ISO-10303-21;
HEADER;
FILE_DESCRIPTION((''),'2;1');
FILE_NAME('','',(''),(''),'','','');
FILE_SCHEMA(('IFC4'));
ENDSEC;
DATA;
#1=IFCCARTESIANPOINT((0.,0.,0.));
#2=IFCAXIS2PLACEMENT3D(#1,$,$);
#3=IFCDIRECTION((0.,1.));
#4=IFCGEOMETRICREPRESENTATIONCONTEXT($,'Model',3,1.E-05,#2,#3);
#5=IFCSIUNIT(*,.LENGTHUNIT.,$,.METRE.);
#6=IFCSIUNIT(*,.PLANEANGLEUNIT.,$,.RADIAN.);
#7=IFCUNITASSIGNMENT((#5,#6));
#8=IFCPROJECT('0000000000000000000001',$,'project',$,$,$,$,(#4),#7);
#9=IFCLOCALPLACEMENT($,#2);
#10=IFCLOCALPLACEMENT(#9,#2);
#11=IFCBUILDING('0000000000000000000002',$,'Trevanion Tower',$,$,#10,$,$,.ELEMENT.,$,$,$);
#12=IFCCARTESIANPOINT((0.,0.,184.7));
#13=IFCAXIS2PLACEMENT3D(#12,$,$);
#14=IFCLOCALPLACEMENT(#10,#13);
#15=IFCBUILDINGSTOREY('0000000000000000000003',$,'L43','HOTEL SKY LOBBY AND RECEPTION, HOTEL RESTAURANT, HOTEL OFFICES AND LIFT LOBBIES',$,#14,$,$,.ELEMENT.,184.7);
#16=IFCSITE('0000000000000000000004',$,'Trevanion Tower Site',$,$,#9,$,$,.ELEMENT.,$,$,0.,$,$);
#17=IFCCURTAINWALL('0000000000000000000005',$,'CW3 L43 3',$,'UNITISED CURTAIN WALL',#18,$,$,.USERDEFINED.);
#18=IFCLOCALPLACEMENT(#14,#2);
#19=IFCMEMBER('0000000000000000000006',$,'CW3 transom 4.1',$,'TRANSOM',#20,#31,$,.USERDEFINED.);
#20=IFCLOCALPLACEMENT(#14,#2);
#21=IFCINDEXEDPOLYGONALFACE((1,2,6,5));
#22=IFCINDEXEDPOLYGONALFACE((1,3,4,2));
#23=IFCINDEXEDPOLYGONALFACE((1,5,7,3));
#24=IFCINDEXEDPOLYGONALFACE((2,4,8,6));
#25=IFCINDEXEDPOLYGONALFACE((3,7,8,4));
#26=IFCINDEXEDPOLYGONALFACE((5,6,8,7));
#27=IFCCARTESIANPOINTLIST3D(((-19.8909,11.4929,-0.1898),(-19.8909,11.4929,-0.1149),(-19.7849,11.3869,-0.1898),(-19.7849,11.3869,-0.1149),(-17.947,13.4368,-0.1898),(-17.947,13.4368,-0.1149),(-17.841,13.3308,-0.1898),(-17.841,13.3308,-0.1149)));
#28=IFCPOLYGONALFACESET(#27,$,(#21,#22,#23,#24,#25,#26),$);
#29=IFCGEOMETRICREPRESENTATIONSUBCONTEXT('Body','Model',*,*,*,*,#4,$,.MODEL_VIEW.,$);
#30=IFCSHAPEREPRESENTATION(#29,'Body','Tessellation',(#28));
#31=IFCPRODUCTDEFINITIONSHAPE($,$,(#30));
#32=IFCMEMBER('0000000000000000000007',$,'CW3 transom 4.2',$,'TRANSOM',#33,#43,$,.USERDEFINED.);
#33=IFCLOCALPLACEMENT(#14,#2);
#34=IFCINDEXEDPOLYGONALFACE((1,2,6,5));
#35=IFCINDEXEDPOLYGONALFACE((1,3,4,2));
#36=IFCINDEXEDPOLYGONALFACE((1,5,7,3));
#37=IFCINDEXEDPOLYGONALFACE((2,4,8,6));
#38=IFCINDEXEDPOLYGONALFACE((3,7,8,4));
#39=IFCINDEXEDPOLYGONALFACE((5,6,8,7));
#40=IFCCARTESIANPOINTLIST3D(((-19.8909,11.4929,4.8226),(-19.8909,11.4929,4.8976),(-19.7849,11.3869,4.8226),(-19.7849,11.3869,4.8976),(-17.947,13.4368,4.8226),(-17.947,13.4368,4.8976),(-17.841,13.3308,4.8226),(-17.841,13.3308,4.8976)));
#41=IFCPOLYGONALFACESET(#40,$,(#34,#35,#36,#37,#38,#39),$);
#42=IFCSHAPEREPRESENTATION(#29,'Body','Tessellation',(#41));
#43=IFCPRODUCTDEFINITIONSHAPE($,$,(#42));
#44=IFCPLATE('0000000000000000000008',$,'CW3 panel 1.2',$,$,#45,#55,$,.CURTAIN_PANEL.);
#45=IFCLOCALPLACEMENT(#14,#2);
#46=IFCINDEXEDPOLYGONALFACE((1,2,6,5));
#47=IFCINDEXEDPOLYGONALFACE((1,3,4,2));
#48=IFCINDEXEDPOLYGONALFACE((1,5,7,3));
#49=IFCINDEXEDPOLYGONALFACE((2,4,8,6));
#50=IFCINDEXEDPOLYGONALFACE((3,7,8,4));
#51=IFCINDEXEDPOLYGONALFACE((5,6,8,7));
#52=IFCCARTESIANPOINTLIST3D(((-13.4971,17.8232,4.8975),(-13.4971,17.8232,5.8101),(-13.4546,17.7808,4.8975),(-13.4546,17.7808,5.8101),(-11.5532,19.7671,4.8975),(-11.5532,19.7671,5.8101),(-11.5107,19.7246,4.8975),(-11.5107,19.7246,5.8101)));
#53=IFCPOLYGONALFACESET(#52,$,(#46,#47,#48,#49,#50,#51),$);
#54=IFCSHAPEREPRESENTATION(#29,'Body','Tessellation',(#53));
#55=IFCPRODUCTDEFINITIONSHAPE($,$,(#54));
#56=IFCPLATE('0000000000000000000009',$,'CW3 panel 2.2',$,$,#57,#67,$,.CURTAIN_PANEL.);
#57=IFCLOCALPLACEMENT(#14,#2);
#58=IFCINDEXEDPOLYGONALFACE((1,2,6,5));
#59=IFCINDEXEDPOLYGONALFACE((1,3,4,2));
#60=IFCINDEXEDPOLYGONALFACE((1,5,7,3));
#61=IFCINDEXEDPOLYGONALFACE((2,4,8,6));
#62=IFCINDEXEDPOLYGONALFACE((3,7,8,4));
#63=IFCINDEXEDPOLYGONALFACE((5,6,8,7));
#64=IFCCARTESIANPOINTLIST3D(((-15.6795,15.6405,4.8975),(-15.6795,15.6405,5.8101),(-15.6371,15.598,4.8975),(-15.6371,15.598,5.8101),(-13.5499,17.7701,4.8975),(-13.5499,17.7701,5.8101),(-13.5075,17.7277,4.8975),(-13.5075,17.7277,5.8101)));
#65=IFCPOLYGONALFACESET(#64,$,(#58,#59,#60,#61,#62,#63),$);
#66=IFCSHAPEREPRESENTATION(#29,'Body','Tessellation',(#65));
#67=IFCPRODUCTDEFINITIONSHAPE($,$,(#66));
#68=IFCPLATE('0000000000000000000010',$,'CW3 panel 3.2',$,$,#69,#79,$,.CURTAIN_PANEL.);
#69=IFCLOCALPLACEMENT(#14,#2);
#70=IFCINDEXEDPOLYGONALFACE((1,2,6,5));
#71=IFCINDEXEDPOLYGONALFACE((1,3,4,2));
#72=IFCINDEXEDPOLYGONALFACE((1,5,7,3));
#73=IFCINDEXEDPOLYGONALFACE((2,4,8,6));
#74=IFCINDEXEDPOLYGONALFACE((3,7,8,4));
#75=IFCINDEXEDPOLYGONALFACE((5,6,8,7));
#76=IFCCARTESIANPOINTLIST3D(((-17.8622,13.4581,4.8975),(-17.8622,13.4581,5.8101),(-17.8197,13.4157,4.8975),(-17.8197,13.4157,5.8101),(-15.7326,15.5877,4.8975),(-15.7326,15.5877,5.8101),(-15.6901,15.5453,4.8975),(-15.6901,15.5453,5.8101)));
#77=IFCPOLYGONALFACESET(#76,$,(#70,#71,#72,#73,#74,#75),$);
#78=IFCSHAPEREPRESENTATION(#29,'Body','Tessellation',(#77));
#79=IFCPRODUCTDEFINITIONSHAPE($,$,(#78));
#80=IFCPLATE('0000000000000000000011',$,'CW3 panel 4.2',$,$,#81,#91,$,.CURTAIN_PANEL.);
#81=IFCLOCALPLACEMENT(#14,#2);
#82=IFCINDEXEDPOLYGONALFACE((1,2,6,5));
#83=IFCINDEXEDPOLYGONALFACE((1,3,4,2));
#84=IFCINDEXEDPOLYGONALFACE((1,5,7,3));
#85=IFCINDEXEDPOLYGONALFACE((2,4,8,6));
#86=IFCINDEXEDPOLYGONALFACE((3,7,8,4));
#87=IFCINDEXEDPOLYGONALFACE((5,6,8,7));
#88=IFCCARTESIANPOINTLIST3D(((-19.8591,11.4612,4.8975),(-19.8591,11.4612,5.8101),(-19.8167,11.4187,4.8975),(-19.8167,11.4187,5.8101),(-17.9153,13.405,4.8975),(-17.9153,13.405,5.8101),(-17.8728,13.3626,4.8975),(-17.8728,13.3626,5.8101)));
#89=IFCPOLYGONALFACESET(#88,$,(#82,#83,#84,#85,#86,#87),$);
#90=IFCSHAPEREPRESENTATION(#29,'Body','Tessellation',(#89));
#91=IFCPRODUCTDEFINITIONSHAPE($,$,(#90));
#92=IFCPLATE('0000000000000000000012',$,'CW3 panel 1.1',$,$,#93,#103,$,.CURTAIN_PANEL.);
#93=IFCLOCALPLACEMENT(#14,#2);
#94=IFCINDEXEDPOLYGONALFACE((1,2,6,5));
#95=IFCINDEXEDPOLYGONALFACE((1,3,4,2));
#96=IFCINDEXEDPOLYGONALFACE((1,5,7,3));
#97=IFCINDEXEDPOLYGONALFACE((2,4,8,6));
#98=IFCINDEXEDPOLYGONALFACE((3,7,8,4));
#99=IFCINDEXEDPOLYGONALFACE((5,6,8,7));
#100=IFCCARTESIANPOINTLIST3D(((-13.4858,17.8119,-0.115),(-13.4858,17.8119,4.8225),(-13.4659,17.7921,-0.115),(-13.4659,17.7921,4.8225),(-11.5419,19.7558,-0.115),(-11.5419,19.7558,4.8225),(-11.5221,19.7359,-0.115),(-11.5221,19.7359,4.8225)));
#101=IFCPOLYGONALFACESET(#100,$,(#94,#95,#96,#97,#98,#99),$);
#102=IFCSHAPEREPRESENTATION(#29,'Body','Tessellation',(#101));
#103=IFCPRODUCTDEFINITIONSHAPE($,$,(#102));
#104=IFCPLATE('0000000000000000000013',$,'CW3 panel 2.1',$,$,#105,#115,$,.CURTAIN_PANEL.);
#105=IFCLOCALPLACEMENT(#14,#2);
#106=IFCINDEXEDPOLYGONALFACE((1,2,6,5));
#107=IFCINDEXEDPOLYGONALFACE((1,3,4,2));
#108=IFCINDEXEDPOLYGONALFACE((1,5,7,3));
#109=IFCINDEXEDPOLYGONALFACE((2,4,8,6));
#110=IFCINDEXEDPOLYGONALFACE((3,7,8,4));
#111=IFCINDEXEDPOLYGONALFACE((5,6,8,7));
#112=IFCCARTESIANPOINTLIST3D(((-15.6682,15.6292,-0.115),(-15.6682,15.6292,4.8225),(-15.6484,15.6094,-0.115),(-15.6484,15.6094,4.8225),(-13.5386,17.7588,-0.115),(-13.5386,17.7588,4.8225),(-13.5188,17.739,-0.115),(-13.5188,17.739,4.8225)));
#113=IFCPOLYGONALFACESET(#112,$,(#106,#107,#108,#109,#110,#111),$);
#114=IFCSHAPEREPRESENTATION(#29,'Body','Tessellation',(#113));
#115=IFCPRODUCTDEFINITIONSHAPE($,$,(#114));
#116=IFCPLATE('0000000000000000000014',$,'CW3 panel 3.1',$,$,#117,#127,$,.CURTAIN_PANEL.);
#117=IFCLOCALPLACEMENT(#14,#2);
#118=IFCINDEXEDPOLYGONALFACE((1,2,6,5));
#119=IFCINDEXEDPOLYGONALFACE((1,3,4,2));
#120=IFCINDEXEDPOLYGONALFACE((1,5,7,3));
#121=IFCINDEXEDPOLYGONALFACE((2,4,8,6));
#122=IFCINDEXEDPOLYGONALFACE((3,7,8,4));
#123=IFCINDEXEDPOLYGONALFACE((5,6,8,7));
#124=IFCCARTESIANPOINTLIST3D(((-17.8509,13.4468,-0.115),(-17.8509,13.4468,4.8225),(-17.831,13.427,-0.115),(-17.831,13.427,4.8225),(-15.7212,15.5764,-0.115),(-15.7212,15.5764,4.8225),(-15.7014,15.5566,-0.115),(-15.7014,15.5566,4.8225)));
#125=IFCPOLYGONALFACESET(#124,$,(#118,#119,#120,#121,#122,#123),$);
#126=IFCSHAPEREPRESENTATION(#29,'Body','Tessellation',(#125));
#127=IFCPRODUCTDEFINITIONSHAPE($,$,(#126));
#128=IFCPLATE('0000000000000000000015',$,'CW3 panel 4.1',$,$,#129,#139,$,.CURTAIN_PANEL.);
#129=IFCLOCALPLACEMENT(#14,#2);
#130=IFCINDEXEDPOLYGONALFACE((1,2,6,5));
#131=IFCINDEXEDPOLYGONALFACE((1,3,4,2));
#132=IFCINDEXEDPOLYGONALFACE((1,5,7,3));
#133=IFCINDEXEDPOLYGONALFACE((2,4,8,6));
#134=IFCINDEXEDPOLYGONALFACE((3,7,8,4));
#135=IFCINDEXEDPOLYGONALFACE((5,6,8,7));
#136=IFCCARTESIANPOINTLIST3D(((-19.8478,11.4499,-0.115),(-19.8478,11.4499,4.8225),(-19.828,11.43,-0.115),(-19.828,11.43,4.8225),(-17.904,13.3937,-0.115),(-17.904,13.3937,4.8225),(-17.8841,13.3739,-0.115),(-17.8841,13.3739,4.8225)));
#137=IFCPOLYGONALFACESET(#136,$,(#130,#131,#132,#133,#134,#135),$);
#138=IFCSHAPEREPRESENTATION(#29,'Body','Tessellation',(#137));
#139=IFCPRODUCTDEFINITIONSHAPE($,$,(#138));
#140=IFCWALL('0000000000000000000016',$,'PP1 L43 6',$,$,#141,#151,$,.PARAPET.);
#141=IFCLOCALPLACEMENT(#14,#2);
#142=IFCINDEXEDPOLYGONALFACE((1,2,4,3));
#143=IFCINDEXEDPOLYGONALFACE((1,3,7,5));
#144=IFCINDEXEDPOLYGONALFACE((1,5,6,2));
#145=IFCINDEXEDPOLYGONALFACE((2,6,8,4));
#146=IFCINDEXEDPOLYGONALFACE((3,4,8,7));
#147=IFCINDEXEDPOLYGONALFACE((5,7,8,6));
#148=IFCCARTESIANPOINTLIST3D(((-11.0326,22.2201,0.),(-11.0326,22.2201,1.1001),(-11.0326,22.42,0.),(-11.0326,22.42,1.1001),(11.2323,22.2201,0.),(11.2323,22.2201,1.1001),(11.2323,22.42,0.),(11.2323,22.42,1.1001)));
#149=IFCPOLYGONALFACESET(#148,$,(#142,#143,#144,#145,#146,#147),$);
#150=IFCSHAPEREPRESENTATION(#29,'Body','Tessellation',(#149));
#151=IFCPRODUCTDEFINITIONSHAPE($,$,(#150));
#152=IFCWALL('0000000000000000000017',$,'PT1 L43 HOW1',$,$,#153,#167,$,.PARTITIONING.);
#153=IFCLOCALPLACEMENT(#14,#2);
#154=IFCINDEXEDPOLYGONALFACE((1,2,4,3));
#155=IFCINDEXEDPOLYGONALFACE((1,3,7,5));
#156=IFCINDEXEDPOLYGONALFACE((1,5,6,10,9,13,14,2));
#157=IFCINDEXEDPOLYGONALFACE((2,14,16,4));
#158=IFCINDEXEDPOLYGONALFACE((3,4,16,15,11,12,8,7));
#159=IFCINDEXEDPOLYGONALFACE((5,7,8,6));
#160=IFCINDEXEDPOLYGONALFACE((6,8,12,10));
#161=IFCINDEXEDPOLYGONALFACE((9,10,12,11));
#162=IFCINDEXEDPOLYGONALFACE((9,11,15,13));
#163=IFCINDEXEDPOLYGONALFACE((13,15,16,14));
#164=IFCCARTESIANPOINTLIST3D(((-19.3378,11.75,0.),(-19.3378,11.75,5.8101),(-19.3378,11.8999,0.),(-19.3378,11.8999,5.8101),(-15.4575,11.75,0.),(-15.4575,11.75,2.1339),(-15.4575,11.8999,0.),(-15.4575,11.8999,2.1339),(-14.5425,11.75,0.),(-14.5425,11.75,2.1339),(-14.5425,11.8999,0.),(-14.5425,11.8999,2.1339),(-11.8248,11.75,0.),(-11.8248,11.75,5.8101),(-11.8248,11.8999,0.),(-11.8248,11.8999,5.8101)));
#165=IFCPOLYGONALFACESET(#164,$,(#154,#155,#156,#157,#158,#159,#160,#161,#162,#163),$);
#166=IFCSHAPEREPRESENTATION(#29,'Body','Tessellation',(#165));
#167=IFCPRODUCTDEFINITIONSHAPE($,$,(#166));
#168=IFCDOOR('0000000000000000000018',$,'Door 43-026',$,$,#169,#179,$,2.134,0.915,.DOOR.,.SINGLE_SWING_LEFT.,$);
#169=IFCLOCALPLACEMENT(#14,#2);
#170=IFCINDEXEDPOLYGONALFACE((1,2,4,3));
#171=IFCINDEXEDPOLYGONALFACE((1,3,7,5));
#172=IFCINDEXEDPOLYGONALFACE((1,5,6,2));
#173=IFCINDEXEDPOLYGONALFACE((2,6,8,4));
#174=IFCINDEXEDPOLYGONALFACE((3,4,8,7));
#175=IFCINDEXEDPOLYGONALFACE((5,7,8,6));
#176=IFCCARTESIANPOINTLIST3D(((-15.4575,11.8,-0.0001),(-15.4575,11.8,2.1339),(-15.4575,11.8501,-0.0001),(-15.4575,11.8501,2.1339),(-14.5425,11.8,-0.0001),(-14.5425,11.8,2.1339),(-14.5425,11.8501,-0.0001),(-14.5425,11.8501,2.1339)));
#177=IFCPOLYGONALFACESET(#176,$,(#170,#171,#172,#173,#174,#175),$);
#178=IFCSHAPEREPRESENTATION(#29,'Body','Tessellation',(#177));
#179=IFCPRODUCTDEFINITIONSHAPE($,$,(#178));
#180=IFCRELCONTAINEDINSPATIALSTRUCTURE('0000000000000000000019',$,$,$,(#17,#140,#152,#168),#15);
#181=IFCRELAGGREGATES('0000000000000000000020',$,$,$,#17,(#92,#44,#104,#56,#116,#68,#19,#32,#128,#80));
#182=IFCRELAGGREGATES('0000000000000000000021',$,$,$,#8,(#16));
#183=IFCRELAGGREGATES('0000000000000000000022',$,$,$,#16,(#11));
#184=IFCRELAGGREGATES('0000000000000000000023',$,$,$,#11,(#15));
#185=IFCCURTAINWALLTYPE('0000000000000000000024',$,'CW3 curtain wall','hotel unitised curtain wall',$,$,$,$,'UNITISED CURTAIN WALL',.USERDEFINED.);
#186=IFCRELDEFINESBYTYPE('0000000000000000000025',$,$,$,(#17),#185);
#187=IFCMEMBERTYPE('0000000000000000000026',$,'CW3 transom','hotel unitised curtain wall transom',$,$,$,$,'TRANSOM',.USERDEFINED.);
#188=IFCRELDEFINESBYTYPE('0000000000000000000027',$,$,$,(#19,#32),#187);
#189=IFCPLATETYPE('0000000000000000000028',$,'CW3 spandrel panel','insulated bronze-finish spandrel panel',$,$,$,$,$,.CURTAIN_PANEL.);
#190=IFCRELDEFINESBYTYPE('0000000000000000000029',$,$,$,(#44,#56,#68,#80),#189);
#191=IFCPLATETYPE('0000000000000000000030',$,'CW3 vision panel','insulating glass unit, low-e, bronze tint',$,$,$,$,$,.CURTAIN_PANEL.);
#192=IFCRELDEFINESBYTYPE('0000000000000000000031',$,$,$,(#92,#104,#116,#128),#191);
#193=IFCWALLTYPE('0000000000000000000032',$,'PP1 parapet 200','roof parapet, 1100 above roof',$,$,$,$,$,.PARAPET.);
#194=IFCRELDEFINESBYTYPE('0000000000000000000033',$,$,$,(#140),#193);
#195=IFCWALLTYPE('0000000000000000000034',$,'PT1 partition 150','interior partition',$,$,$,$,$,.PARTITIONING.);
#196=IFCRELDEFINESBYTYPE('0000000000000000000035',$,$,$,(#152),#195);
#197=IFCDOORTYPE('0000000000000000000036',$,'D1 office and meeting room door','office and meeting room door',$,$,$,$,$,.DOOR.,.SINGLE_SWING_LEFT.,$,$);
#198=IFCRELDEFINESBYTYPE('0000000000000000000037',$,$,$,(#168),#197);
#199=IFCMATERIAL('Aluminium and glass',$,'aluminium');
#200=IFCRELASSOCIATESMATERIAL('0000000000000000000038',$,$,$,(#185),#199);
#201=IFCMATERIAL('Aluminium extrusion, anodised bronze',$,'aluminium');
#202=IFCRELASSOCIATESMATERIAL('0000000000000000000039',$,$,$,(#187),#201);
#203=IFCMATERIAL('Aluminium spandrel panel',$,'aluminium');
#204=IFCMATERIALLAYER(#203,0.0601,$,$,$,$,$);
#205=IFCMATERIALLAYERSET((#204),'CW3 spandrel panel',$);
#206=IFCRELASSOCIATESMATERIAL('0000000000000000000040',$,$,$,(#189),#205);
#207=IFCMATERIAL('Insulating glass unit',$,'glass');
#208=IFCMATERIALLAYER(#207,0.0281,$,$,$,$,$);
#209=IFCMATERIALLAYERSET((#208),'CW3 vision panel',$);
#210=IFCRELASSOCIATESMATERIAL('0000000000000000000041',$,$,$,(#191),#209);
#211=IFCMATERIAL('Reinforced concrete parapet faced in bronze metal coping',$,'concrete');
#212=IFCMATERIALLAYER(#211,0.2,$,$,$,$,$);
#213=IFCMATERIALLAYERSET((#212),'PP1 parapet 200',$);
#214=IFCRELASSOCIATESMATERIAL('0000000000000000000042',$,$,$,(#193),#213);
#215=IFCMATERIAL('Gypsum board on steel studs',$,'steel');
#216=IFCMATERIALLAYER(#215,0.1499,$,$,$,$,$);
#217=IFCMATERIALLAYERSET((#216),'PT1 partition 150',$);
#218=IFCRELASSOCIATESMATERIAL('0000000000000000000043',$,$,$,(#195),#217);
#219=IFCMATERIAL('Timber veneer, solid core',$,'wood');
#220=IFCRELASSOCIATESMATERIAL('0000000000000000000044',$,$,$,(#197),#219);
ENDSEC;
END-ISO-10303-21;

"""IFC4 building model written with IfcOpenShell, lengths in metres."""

from ifc_helpers import new_model, si_unit, direction, frame, frame_2d, origin, origin_2d, place, context, subcontext, project, spatial, rectangle, extrude, material, layer, layer_set, material_profile, profile_set, type_object, element, fill, aggregate, save


model = new_model("IFC4")

# Units and contexts
model_context = context("Model", 3, precision=1e-05, world=origin(), true_north=direction((0.0, 1.0)))
body_context = subcontext(model_context, "Body", "Model", "MODEL_VIEW")
ifc_project = project(units=[si_unit("LENGTHUNIT", "METRE"), si_unit("PLANEANGLEUNIT", "RADIAN")], contexts=[model_context])

# Site, building, storey
site_placement = place(None, origin())
site = spatial("IfcSite", under=ifc_project, at=site_placement, Name="Trevanion Tower Site", CompositionType="ELEMENT", RefElevation=0.0)
building_placement = place(site_placement, origin())
building = spatial("IfcBuilding", under=site, at=building_placement, Name="Trevanion Tower", CompositionType="ELEMENT")
storey_placement = place(building_placement, frame((0.0, 0.0, 184.7)))
storey = spatial("IfcBuildingStorey", under=building, at=storey_placement, Name="L43", Description="HOTEL SKY LOBBY AND RECEPTION, HOTEL RESTAURANT, HOTEL OFFICES AND LIFT LOBBIES", CompositionType="ELEMENT", Elevation=184.7)

# Curtain wall
ifc_material_1 = material(Name="Aluminium and glass", Category="aluminium")
curtain_wall_type = type_object("IfcCurtainWallType", Name="CW3 curtain wall", Description="hotel unitised curtain wall", ElementType="UNITISED CURTAIN WALL", PredefinedType="USERDEFINED", material=ifc_material_1)
curtain_wall_1_placement = place(storey_placement, origin())
curtain_wall_1 = element("IfcCurtainWall", 1, at=curtain_wall_1_placement, inside=storey, type_object=curtain_wall_type, Name="CW3 L43 3", ObjectType="UNITISED CURTAIN WALL", PredefinedType="USERDEFINED")

# Members
ifc_material_2 = material(Name="Aluminium extrusion, anodised bronze", Category="aluminium")
ifc_material_profile_1 = material_profile(ifc_material_2, rectangle(XDim=0.1499, YDim=0.075, at=origin_2d()), Name="CW3 transom")
ifc_profile_set_1 = profile_set([ifc_material_profile_1], Name="Aluminium extrusion, anodised bronze")
member_type_1 = type_object("IfcMemberType", Name="CW3 transom", Description="hotel unitised curtain wall transom", ElementType="TRANSOM", PredefinedType="USERDEFINED", material=ifc_profile_set_1)
member_1_placement = place(storey_placement, frame((-17.894, 13.3838, -0.1523), z_axis=(-0.707107, -0.707107, 0.0), x_axis=(0.707107, -0.707107, 0.0)))
member_1 = element("IfcMember", 2, at=member_1_placement, type_object=member_type_1, Name="CW3 transom 4.1", ObjectType="TRANSOM", PredefinedType="USERDEFINED", context=body_context, shape_type="SweptSolid", body=[
    extrude(rectangle(XDim=0.1499, YDim=0.075, at=origin_2d()), origin(), (0.0, 0.0, 1.0), 2.749),
])
member_2_placement = place(storey_placement, frame((-17.894, 13.3838, 4.8601), z_axis=(-0.707107, -0.707107, 0.0), x_axis=(0.707107, -0.707107, 0.0)))
member_2 = element("IfcMember", 3, at=member_2_placement, type_object=member_type_1, Name="CW3 transom 4.2", ObjectType="TRANSOM", PredefinedType="USERDEFINED", context=body_context, shape_type="SweptSolid", body=[
    extrude(rectangle(XDim=0.1499, YDim=0.075, at=origin_2d()), origin(), (0.0, 0.0, 1.0), 2.749),
])

# Plates
ifc_material_3 = material(Name="Aluminium spandrel panel", Category="aluminium")
ifc_layer_1 = layer(ifc_material_3, 0.0601)
ifc_layer_set_1 = layer_set([ifc_layer_1], Name="CW3 spandrel panel")
plate_type_1 = type_object("IfcPlateType", Name="CW3 spandrel panel", Description="insulated bronze-finish spandrel panel", PredefinedType="CURTAIN_PANEL", material=ifc_layer_set_1)
plate_1_placement = place(storey_placement, frame((-12.5039, 18.7739, 4.8975), z_axis=(0.0, 0.0, 1.0), x_axis=(-0.707107, -0.707107, 0.0)))
plate_1 = element("IfcPlate", 4, at=plate_1_placement, type_object=plate_type_1, Name="CW3 panel 1.2", PredefinedType="CURTAIN_PANEL", context=body_context, shape_type="SweptSolid", body=[
    extrude(rectangle(XDim=2.749, YDim=0.0601, at=origin_2d()), origin(), (0.0, 0.0, 1.0), 0.9126),
])
plate_2_placement = place(storey_placement, frame((-14.5935, 16.6841, 4.8975), z_axis=(0.0, 0.0, 1.0), x_axis=(-0.707107, -0.707107, 0.0)))
plate_2 = element("IfcPlate", 5, at=plate_2_placement, type_object=plate_type_1, Name="CW3 panel 2.2", PredefinedType="CURTAIN_PANEL", context=body_context, shape_type="SweptSolid", body=[
    extrude(rectangle(XDim=3.0117, YDim=0.0601, at=origin_2d()), origin(), (0.0, 0.0, 1.0), 0.9126),
])
plate_3_placement = place(storey_placement, frame((-16.7761, 14.5017, 4.8975), z_axis=(0.0, 0.0, 1.0), x_axis=(-0.707107, -0.707107, 0.0)))
plate_3 = element("IfcPlate", 6, at=plate_3_placement, type_object=plate_type_1, Name="CW3 panel 3.2", PredefinedType="CURTAIN_PANEL", context=body_context, shape_type="SweptSolid", body=[
    extrude(rectangle(XDim=3.0117, YDim=0.0601, at=origin_2d()), origin(), (0.0, 0.0, 1.0), 0.9126),
])
plate_4_placement = place(storey_placement, frame((-18.866, 12.4119, 4.8975), z_axis=(0.0, 0.0, 1.0), x_axis=(-0.707107, -0.707107, 0.0)))
plate_4 = element("IfcPlate", 7, at=plate_4_placement, type_object=plate_type_1, Name="CW3 panel 4.2", PredefinedType="CURTAIN_PANEL", context=body_context, shape_type="SweptSolid", body=[
    extrude(rectangle(XDim=2.749, YDim=0.0601, at=origin_2d()), origin(), (0.0, 0.0, 1.0), 0.9126),
])
ifc_material_4 = material(Name="Insulating glass unit", Category="glass")
ifc_layer_2 = layer(ifc_material_4, 0.0281)
ifc_layer_set_2 = layer_set([ifc_layer_2], Name="CW3 vision panel")
plate_type_2 = type_object("IfcPlateType", Name="CW3 vision panel", Description="insulating glass unit, low-e, bronze tint", PredefinedType="CURTAIN_PANEL", material=ifc_layer_set_2)
plate_5_placement = place(storey_placement, frame((-12.5039, 18.7739, -0.115), z_axis=(0.0, 0.0, 1.0), x_axis=(-0.707107, -0.707107, 0.0)))
plate_5 = element("IfcPlate", 8, at=plate_5_placement, type_object=plate_type_2, Name="CW3 panel 1.1", PredefinedType="CURTAIN_PANEL", context=body_context, shape_type="SweptSolid", body=[
    extrude(rectangle(XDim=2.749, YDim=0.0281, at=origin_2d()), origin(), (0.0, 0.0, 1.0), 4.9375),
])
plate_6_placement = place(storey_placement, frame((-14.5935, 16.6841, -0.115), z_axis=(0.0, 0.0, 1.0), x_axis=(-0.707107, -0.707107, 0.0)))
plate_6 = element("IfcPlate", 9, at=plate_6_placement, type_object=plate_type_2, Name="CW3 panel 2.1", PredefinedType="CURTAIN_PANEL", context=body_context, shape_type="SweptSolid", body=[
    extrude(rectangle(XDim=3.0117, YDim=0.0281, at=origin_2d()), origin(), (0.0, 0.0, 1.0), 4.9375),
])
plate_7_placement = place(storey_placement, frame((-16.7761, 14.5017, -0.115), z_axis=(0.0, 0.0, 1.0), x_axis=(-0.707107, -0.707107, 0.0)))
plate_7 = element("IfcPlate", 10, at=plate_7_placement, type_object=plate_type_2, Name="CW3 panel 3.1", PredefinedType="CURTAIN_PANEL", context=body_context, shape_type="SweptSolid", body=[
    extrude(rectangle(XDim=3.0117, YDim=0.0281, at=origin_2d()), origin(), (0.0, 0.0, 1.0), 4.9375),
])
plate_8_placement = place(storey_placement, frame((-18.866, 12.4119, -0.115), z_axis=(0.0, 0.0, 1.0), x_axis=(-0.707107, -0.707107, 0.0)))
plate_8 = element("IfcPlate", 11, at=plate_8_placement, type_object=plate_type_2, Name="CW3 panel 4.1", PredefinedType="CURTAIN_PANEL", context=body_context, shape_type="SweptSolid", body=[
    extrude(rectangle(XDim=2.749, YDim=0.0281, at=origin_2d()), origin(), (0.0, 0.0, 1.0), 4.9375),
])
aggregate(curtain_wall_1, [plate_5, plate_1, plate_6, plate_2, plate_7, plate_3, member_1, member_2, plate_8, plate_4])

# Wall
ifc_material_5 = material(Name="Reinforced concrete parapet faced in bronze metal coping", Category="concrete")
ifc_layer_3 = layer(ifc_material_5, 0.2)
ifc_layer_set_3 = layer_set([ifc_layer_3], Name="PP1 parapet 200")
wall_type_1 = type_object("IfcWallType", Name="PP1 parapet 200", Description="roof parapet, 1100 above roof", PredefinedType="PARAPET", material=ifc_layer_set_3)
wall_1_placement = place(storey_placement, frame((-11.0325, 22.3201, 0.0), z_axis=(0.0, 0.0, 1.0), x_axis=(1.0, 0.0, 0.0)))
element("IfcWall", 12, at=wall_1_placement, inside=storey, type_object=wall_type_1, Name="PP1 L43 6", PredefinedType="PARAPET", context=body_context, shape_type="SweptSolid", body=[
    extrude(rectangle(XDim=22.2649, YDim=0.2, at=frame_2d((11.1323, 0.0))), origin(), (0.0, 0.0, 1.0), 1.1001),
])

# Wall, opening, door
ifc_material_6 = material(Name="Gypsum board on steel studs", Category="steel")
ifc_layer_4 = layer(ifc_material_6, 0.1499)
ifc_layer_set_4 = layer_set([ifc_layer_4], Name="PT1 partition 150")
wall_type_2 = type_object("IfcWallType", Name="PT1 partition 150", Description="interior partition", PredefinedType="PARTITIONING", material=ifc_layer_set_4)
wall_2_placement = place(storey_placement, frame((-11.825, 11.825, 0.0), z_axis=(0.0, 0.0, 1.0), x_axis=(-1.0, 0.0, 0.0)))
wall_2 = element("IfcWall", 13, at=wall_2_placement, inside=storey, type_object=wall_type_2, Name="PT1 L43 HOW1", PredefinedType="PARTITIONING", context=body_context, shape_type="SweptSolid", body=[
    extrude(rectangle(XDim=7.5129, YDim=0.1499, at=frame_2d((3.7563, 0.0))), origin(), (0.0, 0.0, 1.0), 5.8101),
])
opening_placement = place(wall_2_placement, frame((2.7175, 0.0, 0.0)))
opening = element("IfcOpeningElement", 14, at=opening_placement, cuts=wall_2, PredefinedType="OPENING", context=body_context, shape_type="SweptSolid", body=[
    extrude(rectangle(XDim=0.915, YDim=2.134, at=frame_2d((0.4575, 1.0669))), frame((0.0, 0.085, 0.0), z_axis=(0.0, -1.0, 0.0), x_axis=(1.0, 0.0, 0.0)), (0.0, 0.0, 1.0), 0.1699),
])
ifc_material_7 = material(Name="Timber veneer, solid core", Category="wood")
door_type = type_object("IfcDoorType", Name="D1 office and meeting room door", Description="office and meeting room door", OperationType="SINGLE_SWING_LEFT", PredefinedType="DOOR", material=ifc_material_7)
door_placement = place(opening_placement, origin())
door = element("IfcDoor", 15, at=door_placement, inside=storey, type_object=door_type, Name="Door 43-026", OperationType="SINGLE_SWING_LEFT", OverallHeight=2.134, OverallWidth=0.915, PredefinedType="DOOR", context=body_context, shape_type="SweptSolid", body=[
    extrude(rectangle(XDim=0.915, YDim=2.134, at=frame_2d((0.4575, 1.0669))), frame((0.0, 0.0249, 0.0), z_axis=(0.0, -1.0, 0.0), x_axis=(1.0, 0.0, 0.0)), (0.0, 0.0, 1.0), 0.05),
])
fill(opening, door)

save(model, "model.ifc")
